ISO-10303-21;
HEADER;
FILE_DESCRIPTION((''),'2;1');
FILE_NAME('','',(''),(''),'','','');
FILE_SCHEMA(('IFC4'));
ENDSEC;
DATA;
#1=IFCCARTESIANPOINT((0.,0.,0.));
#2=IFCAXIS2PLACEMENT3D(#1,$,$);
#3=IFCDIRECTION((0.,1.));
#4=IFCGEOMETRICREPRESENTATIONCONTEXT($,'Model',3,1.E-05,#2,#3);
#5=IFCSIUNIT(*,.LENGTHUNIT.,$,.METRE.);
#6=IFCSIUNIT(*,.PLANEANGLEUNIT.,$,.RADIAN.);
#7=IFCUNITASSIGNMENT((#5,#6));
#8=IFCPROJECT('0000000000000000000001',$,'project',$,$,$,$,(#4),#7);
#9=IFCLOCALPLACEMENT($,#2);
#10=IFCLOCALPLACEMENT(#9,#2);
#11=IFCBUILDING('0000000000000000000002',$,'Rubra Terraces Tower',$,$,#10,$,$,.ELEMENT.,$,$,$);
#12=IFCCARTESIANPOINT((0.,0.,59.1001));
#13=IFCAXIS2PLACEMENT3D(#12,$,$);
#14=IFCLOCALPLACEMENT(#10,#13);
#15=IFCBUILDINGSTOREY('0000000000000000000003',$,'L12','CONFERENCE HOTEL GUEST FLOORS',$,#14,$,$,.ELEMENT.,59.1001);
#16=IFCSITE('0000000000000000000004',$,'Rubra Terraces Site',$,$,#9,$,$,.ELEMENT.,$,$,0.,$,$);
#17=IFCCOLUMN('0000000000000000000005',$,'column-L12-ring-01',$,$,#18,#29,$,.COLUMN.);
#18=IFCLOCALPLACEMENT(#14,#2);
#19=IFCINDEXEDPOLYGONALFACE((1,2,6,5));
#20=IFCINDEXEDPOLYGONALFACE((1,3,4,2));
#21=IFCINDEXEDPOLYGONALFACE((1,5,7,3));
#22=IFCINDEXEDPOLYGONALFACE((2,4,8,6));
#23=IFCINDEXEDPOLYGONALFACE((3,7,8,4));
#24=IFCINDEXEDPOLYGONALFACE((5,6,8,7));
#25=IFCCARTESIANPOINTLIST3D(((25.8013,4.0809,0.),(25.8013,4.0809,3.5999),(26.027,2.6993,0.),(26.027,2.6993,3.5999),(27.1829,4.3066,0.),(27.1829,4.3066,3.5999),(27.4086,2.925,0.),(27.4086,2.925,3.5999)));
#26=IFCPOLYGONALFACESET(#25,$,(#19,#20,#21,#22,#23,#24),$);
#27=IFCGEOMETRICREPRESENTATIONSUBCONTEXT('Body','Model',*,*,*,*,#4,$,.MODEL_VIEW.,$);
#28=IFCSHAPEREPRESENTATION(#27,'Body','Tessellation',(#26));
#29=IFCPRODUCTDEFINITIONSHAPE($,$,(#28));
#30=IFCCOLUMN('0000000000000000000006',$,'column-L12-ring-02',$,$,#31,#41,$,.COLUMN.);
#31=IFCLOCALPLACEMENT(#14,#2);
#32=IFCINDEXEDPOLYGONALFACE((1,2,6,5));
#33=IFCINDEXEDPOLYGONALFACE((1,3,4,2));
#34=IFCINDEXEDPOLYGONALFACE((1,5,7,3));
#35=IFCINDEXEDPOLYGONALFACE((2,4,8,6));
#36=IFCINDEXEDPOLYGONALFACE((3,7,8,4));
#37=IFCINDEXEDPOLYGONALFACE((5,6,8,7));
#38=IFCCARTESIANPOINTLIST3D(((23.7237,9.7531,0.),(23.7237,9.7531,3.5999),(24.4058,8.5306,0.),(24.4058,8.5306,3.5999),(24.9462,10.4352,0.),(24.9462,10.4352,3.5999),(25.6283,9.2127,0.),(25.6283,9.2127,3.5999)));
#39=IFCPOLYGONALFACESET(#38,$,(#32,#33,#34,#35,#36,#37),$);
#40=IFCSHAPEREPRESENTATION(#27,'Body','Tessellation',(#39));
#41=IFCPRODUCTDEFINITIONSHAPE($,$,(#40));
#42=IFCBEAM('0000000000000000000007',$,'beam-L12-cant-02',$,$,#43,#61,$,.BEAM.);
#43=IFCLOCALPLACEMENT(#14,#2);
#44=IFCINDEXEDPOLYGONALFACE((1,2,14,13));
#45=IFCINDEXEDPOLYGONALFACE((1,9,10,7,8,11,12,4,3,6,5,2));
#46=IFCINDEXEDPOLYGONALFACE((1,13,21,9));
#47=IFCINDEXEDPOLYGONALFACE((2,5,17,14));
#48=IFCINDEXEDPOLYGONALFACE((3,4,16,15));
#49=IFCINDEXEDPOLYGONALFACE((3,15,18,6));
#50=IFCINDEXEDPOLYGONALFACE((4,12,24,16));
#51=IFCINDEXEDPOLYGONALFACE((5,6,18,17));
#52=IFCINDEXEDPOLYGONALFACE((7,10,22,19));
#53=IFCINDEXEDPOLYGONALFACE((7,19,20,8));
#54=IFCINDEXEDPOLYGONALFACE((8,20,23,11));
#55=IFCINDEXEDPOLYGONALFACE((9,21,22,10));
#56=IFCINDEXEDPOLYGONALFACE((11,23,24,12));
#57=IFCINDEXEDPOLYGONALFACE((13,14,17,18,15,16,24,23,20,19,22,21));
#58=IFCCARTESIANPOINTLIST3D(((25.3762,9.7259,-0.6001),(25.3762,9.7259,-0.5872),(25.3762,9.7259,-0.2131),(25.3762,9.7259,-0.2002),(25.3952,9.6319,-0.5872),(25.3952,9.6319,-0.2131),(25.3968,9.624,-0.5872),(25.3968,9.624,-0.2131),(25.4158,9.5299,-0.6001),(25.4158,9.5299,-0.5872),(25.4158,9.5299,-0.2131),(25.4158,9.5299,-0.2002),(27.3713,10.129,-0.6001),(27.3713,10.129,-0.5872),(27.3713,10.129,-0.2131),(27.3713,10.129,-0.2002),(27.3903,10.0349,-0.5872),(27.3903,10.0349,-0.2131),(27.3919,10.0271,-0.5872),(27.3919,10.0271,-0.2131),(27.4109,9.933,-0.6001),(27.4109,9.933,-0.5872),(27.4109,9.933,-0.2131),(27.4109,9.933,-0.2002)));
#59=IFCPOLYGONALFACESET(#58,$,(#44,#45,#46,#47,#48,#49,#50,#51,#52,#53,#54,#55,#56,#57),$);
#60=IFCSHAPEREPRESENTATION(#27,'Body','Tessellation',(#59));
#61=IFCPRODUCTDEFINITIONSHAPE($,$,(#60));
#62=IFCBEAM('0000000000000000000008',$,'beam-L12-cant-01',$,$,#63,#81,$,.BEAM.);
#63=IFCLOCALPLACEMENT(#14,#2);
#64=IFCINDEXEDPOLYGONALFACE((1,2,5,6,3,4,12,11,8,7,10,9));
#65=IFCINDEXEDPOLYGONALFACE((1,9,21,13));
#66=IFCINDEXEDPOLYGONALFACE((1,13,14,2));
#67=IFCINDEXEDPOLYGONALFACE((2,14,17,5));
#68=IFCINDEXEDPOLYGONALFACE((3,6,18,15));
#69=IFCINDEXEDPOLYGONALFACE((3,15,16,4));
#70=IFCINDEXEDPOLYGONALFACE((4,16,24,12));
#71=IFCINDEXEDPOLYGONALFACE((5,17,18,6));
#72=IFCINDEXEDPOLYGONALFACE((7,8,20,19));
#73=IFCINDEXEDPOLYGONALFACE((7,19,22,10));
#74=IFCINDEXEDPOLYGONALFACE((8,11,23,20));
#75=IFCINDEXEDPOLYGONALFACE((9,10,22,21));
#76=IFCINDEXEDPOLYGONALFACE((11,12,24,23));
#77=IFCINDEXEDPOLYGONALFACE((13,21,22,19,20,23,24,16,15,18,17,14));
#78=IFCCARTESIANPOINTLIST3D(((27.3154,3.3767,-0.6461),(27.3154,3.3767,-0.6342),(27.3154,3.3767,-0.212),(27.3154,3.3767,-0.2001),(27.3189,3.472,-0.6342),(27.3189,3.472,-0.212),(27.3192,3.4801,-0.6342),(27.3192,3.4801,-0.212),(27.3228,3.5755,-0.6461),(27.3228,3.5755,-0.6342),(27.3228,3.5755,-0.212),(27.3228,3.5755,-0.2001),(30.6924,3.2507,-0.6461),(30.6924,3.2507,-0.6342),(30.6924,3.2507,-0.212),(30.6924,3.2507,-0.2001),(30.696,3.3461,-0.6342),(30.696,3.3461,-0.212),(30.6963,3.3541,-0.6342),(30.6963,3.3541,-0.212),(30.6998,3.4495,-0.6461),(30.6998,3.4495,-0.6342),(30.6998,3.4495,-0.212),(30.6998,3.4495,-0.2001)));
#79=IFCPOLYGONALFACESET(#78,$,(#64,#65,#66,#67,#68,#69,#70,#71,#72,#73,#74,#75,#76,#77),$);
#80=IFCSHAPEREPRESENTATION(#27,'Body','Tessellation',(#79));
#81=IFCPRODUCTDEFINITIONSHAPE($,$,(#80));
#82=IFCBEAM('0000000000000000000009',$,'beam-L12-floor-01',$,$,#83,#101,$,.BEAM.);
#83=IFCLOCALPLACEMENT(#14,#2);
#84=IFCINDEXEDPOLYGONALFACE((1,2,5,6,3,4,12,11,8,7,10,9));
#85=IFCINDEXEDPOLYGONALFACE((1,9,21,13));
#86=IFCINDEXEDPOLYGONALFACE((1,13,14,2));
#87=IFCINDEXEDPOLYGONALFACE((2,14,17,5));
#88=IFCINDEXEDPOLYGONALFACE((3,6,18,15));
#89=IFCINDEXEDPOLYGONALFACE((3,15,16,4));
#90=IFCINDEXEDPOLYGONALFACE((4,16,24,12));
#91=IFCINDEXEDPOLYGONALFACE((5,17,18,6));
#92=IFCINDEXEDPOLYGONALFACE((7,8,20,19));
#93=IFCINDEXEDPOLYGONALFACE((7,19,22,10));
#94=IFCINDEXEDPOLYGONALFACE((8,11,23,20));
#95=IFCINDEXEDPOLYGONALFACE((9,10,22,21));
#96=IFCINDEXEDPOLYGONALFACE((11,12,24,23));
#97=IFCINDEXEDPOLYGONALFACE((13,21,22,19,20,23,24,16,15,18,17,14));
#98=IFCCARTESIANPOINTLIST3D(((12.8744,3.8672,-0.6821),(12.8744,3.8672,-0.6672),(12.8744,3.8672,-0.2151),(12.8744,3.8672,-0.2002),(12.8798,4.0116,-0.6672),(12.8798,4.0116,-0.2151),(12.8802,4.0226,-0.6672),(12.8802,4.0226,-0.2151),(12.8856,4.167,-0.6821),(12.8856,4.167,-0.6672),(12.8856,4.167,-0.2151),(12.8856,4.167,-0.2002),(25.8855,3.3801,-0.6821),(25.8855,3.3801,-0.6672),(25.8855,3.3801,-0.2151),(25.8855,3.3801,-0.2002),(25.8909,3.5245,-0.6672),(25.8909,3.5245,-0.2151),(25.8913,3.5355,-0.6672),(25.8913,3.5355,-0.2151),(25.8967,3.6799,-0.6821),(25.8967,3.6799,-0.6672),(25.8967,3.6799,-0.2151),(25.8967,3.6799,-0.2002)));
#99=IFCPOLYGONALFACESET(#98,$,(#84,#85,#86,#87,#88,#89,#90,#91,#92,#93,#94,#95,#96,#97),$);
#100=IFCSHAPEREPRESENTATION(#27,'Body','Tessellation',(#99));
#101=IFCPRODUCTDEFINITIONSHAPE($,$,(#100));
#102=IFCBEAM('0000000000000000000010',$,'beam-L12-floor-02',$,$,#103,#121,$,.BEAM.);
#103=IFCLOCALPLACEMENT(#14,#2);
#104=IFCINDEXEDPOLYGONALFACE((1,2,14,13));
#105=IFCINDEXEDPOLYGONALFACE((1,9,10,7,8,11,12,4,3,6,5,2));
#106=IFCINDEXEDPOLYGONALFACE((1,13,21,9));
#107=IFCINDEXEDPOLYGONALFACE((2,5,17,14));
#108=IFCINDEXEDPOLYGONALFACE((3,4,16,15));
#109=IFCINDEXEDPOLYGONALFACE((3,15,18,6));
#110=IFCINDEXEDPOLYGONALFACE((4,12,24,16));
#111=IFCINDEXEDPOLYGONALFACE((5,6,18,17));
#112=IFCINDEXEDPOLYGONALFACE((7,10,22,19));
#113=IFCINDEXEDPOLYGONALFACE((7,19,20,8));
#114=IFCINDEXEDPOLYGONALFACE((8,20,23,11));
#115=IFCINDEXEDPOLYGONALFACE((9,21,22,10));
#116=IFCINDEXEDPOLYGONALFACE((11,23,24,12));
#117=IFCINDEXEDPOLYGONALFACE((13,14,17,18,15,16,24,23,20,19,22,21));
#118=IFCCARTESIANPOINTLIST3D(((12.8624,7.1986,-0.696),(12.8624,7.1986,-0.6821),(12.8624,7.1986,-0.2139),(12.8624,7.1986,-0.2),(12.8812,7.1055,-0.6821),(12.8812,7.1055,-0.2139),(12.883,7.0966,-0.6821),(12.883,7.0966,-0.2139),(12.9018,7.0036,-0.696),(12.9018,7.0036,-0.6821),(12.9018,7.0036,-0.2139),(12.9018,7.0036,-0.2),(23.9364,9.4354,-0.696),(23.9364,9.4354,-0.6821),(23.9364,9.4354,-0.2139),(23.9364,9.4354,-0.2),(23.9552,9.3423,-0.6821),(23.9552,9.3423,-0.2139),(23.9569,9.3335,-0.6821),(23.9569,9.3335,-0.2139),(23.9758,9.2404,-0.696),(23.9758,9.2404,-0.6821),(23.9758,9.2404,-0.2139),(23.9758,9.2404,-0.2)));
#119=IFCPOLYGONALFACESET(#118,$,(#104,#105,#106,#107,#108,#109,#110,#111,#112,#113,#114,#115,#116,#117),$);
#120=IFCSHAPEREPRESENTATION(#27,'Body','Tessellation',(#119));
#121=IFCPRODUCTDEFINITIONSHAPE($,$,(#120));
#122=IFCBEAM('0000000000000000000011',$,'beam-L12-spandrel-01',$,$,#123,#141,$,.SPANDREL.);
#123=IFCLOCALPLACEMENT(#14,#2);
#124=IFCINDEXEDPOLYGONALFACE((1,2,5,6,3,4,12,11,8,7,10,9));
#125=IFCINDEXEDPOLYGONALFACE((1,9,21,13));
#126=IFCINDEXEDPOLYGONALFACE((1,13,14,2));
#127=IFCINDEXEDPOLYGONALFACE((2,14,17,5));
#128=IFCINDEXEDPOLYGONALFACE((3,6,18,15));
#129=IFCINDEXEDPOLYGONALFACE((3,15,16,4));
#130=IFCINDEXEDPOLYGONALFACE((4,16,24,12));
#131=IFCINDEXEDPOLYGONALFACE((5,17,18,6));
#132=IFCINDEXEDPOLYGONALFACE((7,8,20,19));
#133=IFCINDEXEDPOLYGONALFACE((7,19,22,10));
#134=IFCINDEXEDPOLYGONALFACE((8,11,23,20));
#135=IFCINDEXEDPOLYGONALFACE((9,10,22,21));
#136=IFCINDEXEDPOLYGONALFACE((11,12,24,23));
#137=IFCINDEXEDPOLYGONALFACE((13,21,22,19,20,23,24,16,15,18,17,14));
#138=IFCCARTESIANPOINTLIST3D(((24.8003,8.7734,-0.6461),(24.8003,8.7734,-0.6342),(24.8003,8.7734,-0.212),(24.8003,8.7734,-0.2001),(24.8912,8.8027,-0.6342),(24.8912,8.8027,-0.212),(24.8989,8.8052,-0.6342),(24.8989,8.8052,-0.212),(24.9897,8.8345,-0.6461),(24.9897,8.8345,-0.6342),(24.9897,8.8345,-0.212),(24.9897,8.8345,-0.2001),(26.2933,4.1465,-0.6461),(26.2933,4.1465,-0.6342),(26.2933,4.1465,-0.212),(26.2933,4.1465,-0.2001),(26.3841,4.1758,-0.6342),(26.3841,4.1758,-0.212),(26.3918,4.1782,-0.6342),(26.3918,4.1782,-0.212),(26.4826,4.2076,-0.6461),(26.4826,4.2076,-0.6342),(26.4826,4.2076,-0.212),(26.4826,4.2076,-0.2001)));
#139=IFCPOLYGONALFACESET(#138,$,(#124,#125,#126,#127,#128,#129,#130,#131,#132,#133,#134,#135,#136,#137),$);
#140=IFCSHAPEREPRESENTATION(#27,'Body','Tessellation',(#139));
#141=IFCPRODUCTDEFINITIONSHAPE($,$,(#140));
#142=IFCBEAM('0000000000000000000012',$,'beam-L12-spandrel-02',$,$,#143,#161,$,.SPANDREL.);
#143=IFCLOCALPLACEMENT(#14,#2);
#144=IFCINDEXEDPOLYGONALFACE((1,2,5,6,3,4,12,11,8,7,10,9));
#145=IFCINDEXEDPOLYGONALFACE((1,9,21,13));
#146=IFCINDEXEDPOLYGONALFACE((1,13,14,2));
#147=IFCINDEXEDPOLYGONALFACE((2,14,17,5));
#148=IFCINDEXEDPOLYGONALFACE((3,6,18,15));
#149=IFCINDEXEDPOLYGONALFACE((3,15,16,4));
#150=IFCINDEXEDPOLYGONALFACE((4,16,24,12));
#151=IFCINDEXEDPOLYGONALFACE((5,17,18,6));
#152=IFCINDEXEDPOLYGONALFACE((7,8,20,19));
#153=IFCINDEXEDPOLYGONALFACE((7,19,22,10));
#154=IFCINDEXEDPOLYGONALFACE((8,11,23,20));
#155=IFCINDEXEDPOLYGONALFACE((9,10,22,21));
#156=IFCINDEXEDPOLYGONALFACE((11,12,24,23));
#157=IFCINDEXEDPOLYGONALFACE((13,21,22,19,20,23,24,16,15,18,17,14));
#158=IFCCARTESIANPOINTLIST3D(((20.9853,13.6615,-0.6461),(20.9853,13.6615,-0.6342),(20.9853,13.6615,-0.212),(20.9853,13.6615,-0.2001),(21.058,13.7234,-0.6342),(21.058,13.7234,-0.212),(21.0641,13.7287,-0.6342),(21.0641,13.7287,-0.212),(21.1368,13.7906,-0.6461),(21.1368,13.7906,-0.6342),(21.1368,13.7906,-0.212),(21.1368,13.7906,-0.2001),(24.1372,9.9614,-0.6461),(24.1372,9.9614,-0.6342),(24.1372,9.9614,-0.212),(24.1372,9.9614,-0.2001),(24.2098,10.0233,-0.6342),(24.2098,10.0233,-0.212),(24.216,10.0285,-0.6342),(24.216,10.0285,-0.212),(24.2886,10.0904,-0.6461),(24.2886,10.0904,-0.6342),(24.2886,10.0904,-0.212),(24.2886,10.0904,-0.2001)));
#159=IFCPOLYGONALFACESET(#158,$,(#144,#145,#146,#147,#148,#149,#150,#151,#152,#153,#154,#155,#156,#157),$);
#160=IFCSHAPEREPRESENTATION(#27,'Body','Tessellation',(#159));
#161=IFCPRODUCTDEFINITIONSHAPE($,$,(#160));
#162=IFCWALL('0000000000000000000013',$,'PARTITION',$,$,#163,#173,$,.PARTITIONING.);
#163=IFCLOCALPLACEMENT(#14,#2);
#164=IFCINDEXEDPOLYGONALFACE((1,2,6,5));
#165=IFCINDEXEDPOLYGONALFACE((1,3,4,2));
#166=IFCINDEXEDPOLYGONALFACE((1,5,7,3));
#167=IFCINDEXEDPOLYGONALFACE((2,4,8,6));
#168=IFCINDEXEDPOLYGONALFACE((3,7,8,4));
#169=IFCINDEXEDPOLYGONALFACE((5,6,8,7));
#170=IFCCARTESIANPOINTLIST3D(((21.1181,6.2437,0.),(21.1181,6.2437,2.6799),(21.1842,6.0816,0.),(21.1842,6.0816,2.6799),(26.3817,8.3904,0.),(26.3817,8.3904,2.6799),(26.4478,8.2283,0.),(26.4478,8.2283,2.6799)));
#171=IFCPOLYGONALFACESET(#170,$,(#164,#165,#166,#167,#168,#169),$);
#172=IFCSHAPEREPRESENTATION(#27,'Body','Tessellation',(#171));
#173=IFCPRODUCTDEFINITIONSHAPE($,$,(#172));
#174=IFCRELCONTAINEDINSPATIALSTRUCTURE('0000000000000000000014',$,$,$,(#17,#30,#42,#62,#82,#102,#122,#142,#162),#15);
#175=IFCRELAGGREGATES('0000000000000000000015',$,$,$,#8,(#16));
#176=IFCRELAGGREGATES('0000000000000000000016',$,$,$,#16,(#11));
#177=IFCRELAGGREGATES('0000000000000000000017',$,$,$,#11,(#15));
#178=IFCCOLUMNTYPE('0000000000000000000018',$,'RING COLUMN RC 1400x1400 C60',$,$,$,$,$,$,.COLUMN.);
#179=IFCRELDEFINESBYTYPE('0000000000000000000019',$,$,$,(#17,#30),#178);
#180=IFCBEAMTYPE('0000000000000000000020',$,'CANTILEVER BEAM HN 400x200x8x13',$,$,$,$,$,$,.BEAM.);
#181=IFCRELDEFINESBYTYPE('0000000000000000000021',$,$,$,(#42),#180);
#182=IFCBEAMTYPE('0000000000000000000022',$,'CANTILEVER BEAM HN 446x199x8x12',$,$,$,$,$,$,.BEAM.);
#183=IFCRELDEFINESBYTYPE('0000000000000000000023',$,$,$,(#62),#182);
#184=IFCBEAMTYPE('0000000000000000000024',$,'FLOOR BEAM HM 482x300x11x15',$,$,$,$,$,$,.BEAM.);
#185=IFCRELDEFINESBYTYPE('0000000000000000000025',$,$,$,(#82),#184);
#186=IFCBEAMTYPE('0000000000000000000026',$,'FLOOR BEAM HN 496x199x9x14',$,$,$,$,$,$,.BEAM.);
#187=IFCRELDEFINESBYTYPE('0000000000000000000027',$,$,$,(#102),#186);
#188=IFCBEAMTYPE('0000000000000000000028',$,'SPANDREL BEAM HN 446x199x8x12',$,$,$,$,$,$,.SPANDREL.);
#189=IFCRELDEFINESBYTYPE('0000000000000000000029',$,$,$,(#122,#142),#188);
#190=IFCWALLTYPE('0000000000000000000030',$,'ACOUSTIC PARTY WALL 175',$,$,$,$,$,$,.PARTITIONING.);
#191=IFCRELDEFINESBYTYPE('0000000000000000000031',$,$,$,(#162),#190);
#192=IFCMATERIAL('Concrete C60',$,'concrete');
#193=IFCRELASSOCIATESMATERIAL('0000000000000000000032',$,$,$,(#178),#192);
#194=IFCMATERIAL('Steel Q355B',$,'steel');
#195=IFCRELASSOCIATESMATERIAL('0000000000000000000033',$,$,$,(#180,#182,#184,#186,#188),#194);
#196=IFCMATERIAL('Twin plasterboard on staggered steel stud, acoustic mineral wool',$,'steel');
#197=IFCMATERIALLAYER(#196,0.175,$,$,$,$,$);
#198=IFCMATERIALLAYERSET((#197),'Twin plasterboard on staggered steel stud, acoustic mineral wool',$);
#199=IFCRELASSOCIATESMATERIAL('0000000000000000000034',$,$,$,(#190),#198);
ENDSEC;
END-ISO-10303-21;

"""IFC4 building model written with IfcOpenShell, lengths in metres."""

from ifc_helpers import new_model, si_unit, direction, frame, frame_2d, origin, origin_2d, place, context, subcontext, project, spatial, rectangle, i_section, extrude, material, layer, layer_set, material_profile, profile_set, type_object, element, save


model = new_model("IFC4")

# Units and contexts
model_context = context("Model", 3, precision=1e-05, world=origin(), true_north=direction((0.0, 1.0)))
body_context = subcontext(model_context, "Body", "Model", "MODEL_VIEW")
ifc_project = project(units=[si_unit("LENGTHUNIT", "METRE"), si_unit("PLANEANGLEUNIT", "RADIAN")], contexts=[model_context])

# Site, building, storey
site_placement = place(None, origin())
site = spatial("IfcSite", under=ifc_project, at=site_placement, Name="Rubra Terraces Site", CompositionType="ELEMENT", RefElevation=0.0)
building_placement = place(site_placement, origin())
building = spatial("IfcBuilding", under=site, at=building_placement, Name="Rubra Terraces Tower", CompositionType="ELEMENT")
storey_placement = place(building_placement, frame((0.0, 0.0, 59.1001)))
storey = spatial("IfcBuildingStorey", under=building, at=storey_placement, Name="L12", Description="CONFERENCE HOTEL GUEST FLOORS", CompositionType="ELEMENT", Elevation=59.1001)

# Columns
ifc_material_1 = material(Name="Concrete C60", Category="concrete")
ifc_material_profile_1 = material_profile(ifc_material_1, rectangle(XDim=1.3999, YDim=1.3999, at=origin_2d()), Name="RC 1400x1400")
ifc_profile_set_1 = profile_set([ifc_material_profile_1], Name="Concrete C60")
column_type = type_object("IfcColumnType", Name="RING COLUMN RC 1400x1400 C60", PredefinedType="COLUMN", material=ifc_profile_set_1)
for number, where, z_axis, x_axis, name in (
    (1, (26.605, 3.5029, 0.0), (0.0, 0.0, 1.0), (-0.161234, 0.986916, 0.0), "column-L12-ring-01"),
    (2, (24.676, 9.4829, 0.0), (0.0, 0.0, 1.0), (-0.487227, 0.873276, 0.0), "column-L12-ring-02"),
):
    element("IfcColumn", number, at=place(storey_placement, frame(where, z_axis=z_axis, x_axis=x_axis)), inside=storey, type_object=column_type, Name=name, PredefinedType="COLUMN", context=body_context, shape_type="SweptSolid", body=[
        extrude(rectangle(XDim=1.3999, YDim=1.3999, at=origin_2d()), origin(), (0.0, 0.0, 1.0), 3.5999),
    ])

# Beams
ifc_material_2 = material(Name="Steel Q355B", Category="steel")
ifc_material_profile_2 = material_profile(ifc_material_2, i_section(OverallWidth=0.2, OverallDepth=0.3999, WebThickness=0.0081, FlangeThickness=0.0129, at=origin_2d()), Name="HN 400x200x8x13")
ifc_profile_set_2 = profile_set([ifc_material_profile_2], Name="Steel Q355B")
beam_type_1 = type_object("IfcBeamType", Name="CANTILEVER BEAM HN 400x200x8x13", PredefinedType="BEAM", material=ifc_profile_set_2)
beam_1_placement = place(storey_placement, frame((25.396, 9.6279, -0.4001), z_axis=(0.980196, 0.19803, 0.0), x_axis=(-0.19803, 0.980196, 0.0)))
element("IfcBeam", 3, at=beam_1_placement, inside=storey, type_object=beam_type_1, Name="beam-L12-cant-02", PredefinedType="BEAM", context=body_context, shape_type="SweptSolid", body=[
    extrude(i_section(OverallWidth=0.2, OverallDepth=0.3999, WebThickness=0.0081, FlangeThickness=0.0129, at=origin_2d()), origin(), (0.0, 0.0, 1.0), 2.0354),
])
ifc_material_profile_3 = material_profile(ifc_material_2, i_section(OverallWidth=0.199, OverallDepth=0.446, WebThickness=0.0081, FlangeThickness=0.012, at=origin_2d()), Name="HN 446x199x8x12")
ifc_profile_set_3 = profile_set([ifc_material_profile_3], Name="Steel Q355B")
beam_type_2 = type_object("IfcBeamType", Name="CANTILEVER BEAM HN 446x199x8x12", PredefinedType="BEAM", material=ifc_profile_set_3)
beam_2_placement = place(storey_placement, frame((27.3191, 3.4761, -0.4231), z_axis=(0.999305, -0.037279, 0.0), x_axis=(0.037279, 0.999305, 0.0)))
element("IfcBeam", 4, at=beam_2_placement, inside=storey, type_object=beam_type_2, Name="beam-L12-cant-01", PredefinedType="BEAM", context=body_context, shape_type="SweptSolid", body=[
    extrude(i_section(OverallWidth=0.199, OverallDepth=0.446, WebThickness=0.0081, FlangeThickness=0.012, at=origin_2d()), origin(), (0.0, 0.0, 1.0), 3.3794),
])
ifc_material_profile_4 = material_profile(ifc_material_2, i_section(OverallWidth=0.3, OverallDepth=0.4819, WebThickness=0.011, FlangeThickness=0.0149, at=origin_2d()), Name="HM 482x300x11x15")
ifc_profile_set_4 = profile_set([ifc_material_profile_4], Name="Steel Q355B")
beam_type_3 = type_object("IfcBeamType", Name="FLOOR BEAM HM 482x300x11x15", PredefinedType="BEAM", material=ifc_profile_set_4)
beam_3_placement = place(storey_placement, frame((25.8911, 3.53, -0.4412), z_axis=(-0.9993, 0.037408, 0.0), x_axis=(-0.037408, -0.9993, 0.0)))
element("IfcBeam", 5, at=beam_3_placement, inside=storey, type_object=beam_type_3, Name="beam-L12-floor-01", PredefinedType="BEAM", context=body_context, shape_type="SweptSolid", body=[
    extrude(i_section(OverallWidth=0.3, OverallDepth=0.4819, WebThickness=0.011, FlangeThickness=0.0149, at=origin_2d()), origin(), (0.0, 0.0, 1.0), 13.0203),
])
ifc_material_profile_5 = material_profile(ifc_material_2, i_section(OverallWidth=0.199, OverallDepth=0.4961, WebThickness=0.009, FlangeThickness=0.0139, at=origin_2d()), Name="HN 496x199x9x14")
ifc_profile_set_5 = profile_set([ifc_material_profile_5], Name="Steel Q355B")
beam_type_4 = type_object("IfcBeamType", Name="FLOOR BEAM HN 496x199x9x14", PredefinedType="BEAM", material=ifc_profile_set_5)
beam_4_placement = place(storey_placement, frame((23.9561, 9.3379, -0.448), z_axis=(-0.980204, -0.19799, 0.0), x_axis=(0.19799, -0.980204, 0.0)))
element("IfcBeam", 6, at=beam_4_placement, inside=storey, type_object=beam_type_4, Name="beam-L12-floor-02", PredefinedType="BEAM", context=body_context, shape_type="SweptSolid", body=[
    extrude(i_section(OverallWidth=0.199, OverallDepth=0.4961, WebThickness=0.009, FlangeThickness=0.0139, at=origin_2d()), origin(), (0.0, 0.0, 1.0), 11.2976),
])
ifc_material_profile_6 = material_profile(ifc_material_2, i_section(OverallWidth=0.199, OverallDepth=0.446, WebThickness=0.0081, FlangeThickness=0.012, at=origin_2d()), Name="HN 446x199x8x12")
ifc_profile_set_6 = profile_set([ifc_material_profile_6], Name="Steel Q355B")
beam_type_5 = type_object("IfcBeamType", Name="SPANDREL BEAM HN 446x199x8x12", PredefinedType="SPANDREL", material=ifc_profile_set_6)
beam_5_placement = place(storey_placement, frame((26.3879, 4.177, -0.4231), z_axis=(-0.307069, 0.951687, 0.0), x_axis=(-0.951687, -0.307069, 0.0)))
element("IfcBeam", 7, at=beam_5_placement, inside=storey, type_object=beam_type_5, Name="beam-L12-spandrel-01", PredefinedType="SPANDREL", context=body_context, shape_type="SweptSolid", body=[
    extrude(i_section(OverallWidth=0.199, OverallDepth=0.446, WebThickness=0.0081, FlangeThickness=0.012, at=origin_2d()), origin(), (0.0, 0.0, 1.0), 4.8618),
])
beam_6_placement = place(storey_placement, frame((24.2129, 10.0259, -0.4231), z_axis=(-0.648447, 0.76126, 0.0), x_axis=(-0.76126, -0.648447, 0.0)))
element("IfcBeam", 8, at=beam_6_placement, inside=storey, type_object=beam_type_5, Name="beam-L12-spandrel-02", PredefinedType="SPANDREL", context=body_context, shape_type="SweptSolid", body=[
    extrude(i_section(OverallWidth=0.199, OverallDepth=0.446, WebThickness=0.0081, FlangeThickness=0.012, at=origin_2d()), origin(), (0.0, 0.0, 1.0), 4.8606),
])

# Wall
ifc_material_3 = material(Name="Twin plasterboard on staggered steel stud, acoustic mineral wool", Category="steel")
ifc_layer_1 = layer(ifc_material_3, 0.175)
ifc_layer_set_1 = layer_set([ifc_layer_1], Name="Twin plasterboard on staggered steel stud, acoustic mineral wool")
wall_type_1 = type_object("IfcWallType", Name="ACOUSTIC PARTY WALL 175", PredefinedType="PARTITIONING", material=ifc_layer_set_1)
wall_1_placement = place(storey_placement, frame((26.4148, 8.3093, 0.0), z_axis=(0.0, 0.0, 1.0), x_axis=(-0.925953, -0.377639, 0.0)))
element("IfcWall", 9, at=wall_1_placement, inside=storey, type_object=wall_type_1, Name="PARTITION", PredefinedType="PARTITIONING", context=body_context, shape_type="SweptSolid", body=[
    extrude(rectangle(XDim=5.6846, YDim=0.175, at=frame_2d((2.8423, 0.0))), origin(), (0.0, 0.0, 1.0), 2.6799),
])

save(model, "model.ifc")
